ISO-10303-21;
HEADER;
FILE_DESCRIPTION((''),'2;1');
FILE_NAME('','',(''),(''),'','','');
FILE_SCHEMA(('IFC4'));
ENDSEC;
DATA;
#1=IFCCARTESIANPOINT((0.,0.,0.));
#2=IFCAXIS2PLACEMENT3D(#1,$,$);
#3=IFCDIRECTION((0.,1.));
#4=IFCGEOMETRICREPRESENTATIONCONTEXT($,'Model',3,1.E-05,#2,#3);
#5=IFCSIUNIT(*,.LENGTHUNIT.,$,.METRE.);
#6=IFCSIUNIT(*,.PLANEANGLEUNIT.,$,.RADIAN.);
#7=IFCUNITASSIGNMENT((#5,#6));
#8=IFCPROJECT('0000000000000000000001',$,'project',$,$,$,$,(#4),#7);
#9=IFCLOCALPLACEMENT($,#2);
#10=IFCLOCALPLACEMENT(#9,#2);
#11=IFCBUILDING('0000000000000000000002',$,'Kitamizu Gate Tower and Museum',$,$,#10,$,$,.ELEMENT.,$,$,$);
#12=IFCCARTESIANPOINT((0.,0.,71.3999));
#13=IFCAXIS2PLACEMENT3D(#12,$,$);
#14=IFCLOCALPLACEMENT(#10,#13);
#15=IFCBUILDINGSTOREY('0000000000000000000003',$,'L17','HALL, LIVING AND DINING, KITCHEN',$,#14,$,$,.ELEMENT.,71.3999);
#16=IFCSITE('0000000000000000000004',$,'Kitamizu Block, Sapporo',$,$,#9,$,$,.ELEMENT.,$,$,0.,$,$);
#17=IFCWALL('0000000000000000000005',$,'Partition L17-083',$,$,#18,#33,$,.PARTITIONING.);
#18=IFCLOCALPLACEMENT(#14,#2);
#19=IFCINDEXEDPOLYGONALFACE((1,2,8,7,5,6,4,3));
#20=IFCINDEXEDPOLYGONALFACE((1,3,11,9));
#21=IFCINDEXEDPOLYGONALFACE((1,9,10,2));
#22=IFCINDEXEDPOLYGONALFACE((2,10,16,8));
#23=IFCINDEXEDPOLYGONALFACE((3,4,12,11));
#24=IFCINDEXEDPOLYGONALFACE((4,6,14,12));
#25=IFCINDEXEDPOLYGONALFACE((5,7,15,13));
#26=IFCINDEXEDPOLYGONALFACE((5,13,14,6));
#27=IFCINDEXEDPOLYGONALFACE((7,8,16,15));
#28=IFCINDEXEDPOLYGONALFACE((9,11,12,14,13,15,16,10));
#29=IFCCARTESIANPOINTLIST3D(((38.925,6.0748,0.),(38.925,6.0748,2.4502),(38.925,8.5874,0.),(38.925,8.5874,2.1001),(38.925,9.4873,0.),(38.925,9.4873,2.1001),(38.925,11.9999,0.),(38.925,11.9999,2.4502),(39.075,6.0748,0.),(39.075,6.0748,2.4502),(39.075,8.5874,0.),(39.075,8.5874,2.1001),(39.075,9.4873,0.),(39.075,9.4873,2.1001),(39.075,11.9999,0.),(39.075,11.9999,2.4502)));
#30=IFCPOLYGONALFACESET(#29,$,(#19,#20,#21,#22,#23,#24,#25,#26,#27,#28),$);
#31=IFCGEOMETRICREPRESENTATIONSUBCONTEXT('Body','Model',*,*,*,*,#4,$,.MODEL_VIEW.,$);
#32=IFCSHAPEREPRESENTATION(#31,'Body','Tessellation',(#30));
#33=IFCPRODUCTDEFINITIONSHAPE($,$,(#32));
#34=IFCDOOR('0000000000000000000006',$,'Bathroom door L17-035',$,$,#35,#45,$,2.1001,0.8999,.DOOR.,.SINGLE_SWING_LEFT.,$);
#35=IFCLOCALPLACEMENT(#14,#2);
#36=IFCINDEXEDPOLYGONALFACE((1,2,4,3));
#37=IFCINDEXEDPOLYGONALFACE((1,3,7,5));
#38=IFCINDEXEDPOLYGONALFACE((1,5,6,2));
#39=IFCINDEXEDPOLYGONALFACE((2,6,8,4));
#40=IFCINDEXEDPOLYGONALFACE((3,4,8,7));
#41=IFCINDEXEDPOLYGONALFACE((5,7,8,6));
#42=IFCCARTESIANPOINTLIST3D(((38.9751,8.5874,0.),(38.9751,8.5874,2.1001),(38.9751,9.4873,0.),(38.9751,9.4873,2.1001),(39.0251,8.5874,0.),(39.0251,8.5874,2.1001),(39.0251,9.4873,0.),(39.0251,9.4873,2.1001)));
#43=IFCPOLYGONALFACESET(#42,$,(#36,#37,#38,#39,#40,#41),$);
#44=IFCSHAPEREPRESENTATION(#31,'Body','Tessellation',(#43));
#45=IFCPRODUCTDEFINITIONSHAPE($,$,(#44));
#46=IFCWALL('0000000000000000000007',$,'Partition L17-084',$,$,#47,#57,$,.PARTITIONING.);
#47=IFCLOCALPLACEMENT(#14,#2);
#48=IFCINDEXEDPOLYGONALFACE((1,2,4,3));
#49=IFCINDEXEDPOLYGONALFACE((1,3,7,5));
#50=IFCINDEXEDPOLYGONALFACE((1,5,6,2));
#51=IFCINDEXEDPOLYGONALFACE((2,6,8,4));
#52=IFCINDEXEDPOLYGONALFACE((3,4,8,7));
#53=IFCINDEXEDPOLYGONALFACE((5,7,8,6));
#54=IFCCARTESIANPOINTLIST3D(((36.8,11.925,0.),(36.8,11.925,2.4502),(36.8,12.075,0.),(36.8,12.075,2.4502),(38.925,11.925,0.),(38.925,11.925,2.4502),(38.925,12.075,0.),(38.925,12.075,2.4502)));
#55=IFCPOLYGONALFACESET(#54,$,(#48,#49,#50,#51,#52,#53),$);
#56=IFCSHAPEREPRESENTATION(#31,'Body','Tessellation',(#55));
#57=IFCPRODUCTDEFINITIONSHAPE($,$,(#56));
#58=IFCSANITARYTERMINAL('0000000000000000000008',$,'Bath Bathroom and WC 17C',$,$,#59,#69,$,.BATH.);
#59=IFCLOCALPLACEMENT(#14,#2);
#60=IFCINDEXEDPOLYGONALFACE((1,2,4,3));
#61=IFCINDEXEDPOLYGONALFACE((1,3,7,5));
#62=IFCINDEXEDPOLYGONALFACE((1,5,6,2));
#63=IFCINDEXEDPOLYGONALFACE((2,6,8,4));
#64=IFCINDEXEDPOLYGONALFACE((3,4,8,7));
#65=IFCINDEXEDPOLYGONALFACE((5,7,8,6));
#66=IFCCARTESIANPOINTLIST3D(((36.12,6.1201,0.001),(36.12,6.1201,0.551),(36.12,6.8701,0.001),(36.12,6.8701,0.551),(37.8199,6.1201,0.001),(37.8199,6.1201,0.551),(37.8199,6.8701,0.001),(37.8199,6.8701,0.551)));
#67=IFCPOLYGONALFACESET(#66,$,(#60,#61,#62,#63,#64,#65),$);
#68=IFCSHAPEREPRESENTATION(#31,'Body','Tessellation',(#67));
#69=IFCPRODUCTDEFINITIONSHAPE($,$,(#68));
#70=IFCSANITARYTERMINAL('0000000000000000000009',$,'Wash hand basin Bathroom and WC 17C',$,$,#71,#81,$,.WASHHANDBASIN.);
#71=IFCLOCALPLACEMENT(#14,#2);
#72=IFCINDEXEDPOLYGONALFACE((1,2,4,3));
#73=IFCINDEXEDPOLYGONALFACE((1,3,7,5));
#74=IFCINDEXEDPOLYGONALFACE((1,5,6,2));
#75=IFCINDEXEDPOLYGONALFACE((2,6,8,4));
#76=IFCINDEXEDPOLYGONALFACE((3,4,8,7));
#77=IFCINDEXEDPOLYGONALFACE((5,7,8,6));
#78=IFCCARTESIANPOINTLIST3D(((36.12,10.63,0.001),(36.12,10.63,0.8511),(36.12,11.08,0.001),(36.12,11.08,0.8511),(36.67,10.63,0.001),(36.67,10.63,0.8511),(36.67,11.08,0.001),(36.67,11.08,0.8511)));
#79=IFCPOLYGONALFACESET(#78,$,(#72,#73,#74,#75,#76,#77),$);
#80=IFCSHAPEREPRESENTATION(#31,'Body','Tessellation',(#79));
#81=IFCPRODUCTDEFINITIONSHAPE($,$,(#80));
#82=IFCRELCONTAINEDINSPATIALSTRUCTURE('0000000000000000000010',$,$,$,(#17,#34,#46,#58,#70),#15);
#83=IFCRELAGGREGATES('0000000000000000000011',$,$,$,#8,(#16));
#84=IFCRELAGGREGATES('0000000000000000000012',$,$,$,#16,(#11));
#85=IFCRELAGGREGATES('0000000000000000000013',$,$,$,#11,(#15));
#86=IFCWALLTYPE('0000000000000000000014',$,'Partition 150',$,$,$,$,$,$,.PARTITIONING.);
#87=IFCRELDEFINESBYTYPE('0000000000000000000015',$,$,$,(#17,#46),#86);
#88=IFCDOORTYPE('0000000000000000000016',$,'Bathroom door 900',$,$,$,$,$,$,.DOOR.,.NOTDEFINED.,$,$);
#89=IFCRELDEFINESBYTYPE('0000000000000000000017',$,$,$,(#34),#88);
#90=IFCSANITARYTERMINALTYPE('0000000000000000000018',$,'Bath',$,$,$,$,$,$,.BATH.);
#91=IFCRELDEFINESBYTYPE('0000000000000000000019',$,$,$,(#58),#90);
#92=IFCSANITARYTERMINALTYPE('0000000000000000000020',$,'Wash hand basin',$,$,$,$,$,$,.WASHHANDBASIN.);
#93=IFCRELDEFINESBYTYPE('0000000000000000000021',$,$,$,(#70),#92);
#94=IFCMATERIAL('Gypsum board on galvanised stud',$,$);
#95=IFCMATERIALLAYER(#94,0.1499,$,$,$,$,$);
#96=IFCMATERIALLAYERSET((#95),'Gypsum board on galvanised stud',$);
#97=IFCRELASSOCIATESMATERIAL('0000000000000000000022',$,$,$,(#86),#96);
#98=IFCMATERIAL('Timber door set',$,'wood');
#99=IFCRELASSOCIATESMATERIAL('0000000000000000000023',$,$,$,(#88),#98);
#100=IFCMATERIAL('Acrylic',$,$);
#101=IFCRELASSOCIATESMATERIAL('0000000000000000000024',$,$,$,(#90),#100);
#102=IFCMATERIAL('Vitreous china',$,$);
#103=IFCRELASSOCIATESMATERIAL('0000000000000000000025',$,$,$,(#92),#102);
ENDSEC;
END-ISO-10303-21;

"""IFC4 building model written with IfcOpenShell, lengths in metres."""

from ifc_helpers import new_model, si_unit, direction, frame, frame_2d, origin, origin_2d, place, context, subcontext, project, spatial, rectangle, extrude, material, layer, layer_set, type_object, element, fill, save


model = new_model("IFC4")

# Units and contexts
model_context = context("Model", 3, precision=1e-05, world=origin(), true_north=direction((0.0, 1.0)))
body_context = subcontext(model_context, "Body", "Model", "MODEL_VIEW")
ifc_project = project(units=[si_unit("LENGTHUNIT", "METRE"), si_unit("PLANEANGLEUNIT", "RADIAN")], contexts=[model_context])

# Site, building, storey
site_placement = place(None, origin())
site = spatial("IfcSite", under=ifc_project, at=site_placement, Name="Kitamizu Block, Sapporo", CompositionType="ELEMENT", RefElevation=0.0)
building_placement = place(site_placement, origin())
building = spatial("IfcBuilding", under=site, at=building_placement, Name="Kitamizu Gate Tower and Museum", CompositionType="ELEMENT")
storey_placement = place(building_placement, frame((0.0, 0.0, 71.3999)))
storey = spatial("IfcBuildingStorey", under=building, at=storey_placement, Name="L17", Description="HALL, LIVING AND DINING, KITCHEN", CompositionType="ELEMENT", Elevation=71.3999)

# Shared definitions
ifc_material_1 = material(Name="Gypsum board on galvanised stud")
ifc_layer_1 = layer(ifc_material_1, 0.1499)
ifc_layer_set_1 = layer_set([ifc_layer_1], Name="Gypsum board on galvanised stud")
wall_type_1 = type_object("IfcWallType", Name="Partition 150", PredefinedType="PARTITIONING", material=ifc_layer_set_1)

# Wall, opening, door
wall_1_placement = place(storey_placement, frame((39.0, 6.075, 0.0), z_axis=(0.0, 0.0, 1.0), x_axis=(0.0, 1.0, 0.0)))
wall_1 = element("IfcWall", 1, at=wall_1_placement, inside=storey, type_object=wall_type_1, Name="Partition L17-083", PredefinedType="PARTITIONING", context=body_context, shape_type="SweptSolid", body=[
    extrude(rectangle(XDim=5.925, YDim=0.1499, at=frame_2d((2.9624, 0.0))), origin(), (0.0, 0.0, 1.0), 2.4502),
])
opening_1_placement = place(wall_1_placement, frame((2.5125, 0.0, 0.0)))
opening_1 = element("IfcOpeningElement", 2, at=opening_1_placement, cuts=wall_1, PredefinedType="OPENING", context=body_context, shape_type="SweptSolid", body=[
    extrude(rectangle(XDim=0.8999, YDim=2.1001, at=frame_2d((0.45, 1.05))), frame((0.0, 0.085, 0.0), z_axis=(0.0, -1.0, 0.0), x_axis=(1.0, 0.0, 0.0)), (0.0, 0.0, 1.0), 0.1699),
])
ifc_material_2 = material(Name="Timber door set", Category="wood")
door_type_1 = type_object("IfcDoorType", Name="Bathroom door 900", OperationType="NOTDEFINED", PredefinedType="DOOR", material=ifc_material_2)
door_1_placement = place(opening_1_placement, origin())
door_1 = element("IfcDoor", 3, at=door_1_placement, inside=storey, type_object=door_type_1, Name="Bathroom door L17-035", OperationType="SINGLE_SWING_LEFT", OverallHeight=2.1001, OverallWidth=0.8999, PredefinedType="DOOR", context=body_context, shape_type="SweptSolid", body=[
    extrude(rectangle(XDim=0.8999, YDim=2.1001, at=frame_2d((0.45, 1.05))), frame((0.0, 0.0249, 0.0), z_axis=(0.0, -1.0, 0.0), x_axis=(1.0, 0.0, 0.0)), (0.0, 0.0, 1.0), 0.05),
])
fill(opening_1, door_1)

# Wall
wall_2_placement = place(storey_placement, frame((38.925, 12.0, 0.0), z_axis=(0.0, 0.0, 1.0), x_axis=(-1.0, 0.0, 0.0)))
element("IfcWall", 4, at=wall_2_placement, inside=storey, type_object=wall_type_1, Name="Partition L17-084", PredefinedType="PARTITIONING", context=body_context, shape_type="SweptSolid", body=[
    extrude(rectangle(XDim=2.125, YDim=0.1499, at=frame_2d((1.0625, 0.0))), origin(), (0.0, 0.0, 1.0), 2.4502),
])

# Sanitary terminals
ifc_material_3 = material(Name="Acrylic")
sanitary_terminal_type_1 = type_object("IfcSanitaryTerminalType", Name="Bath", PredefinedType="BATH", material=ifc_material_3)
sanitary_terminal_1_placement = place(storey_placement, frame((36.97, 6.4951, 0.001), z_axis=(0.0, 0.0, 1.0), x_axis=(1.0, 0.0, 0.0)))
element("IfcSanitaryTerminal", 5, at=sanitary_terminal_1_placement, inside=storey, type_object=sanitary_terminal_type_1, Name="Bath Bathroom and WC 17C", PredefinedType="BATH", context=body_context, shape_type="SweptSolid", body=[
    extrude(rectangle(XDim=1.7, YDim=0.75, at=origin_2d()), origin(), (0.0, 0.0, 1.0), 0.55),
])
ifc_material_4 = material(Name="Vitreous china")
sanitary_terminal_type_2 = type_object("IfcSanitaryTerminalType", Name="Wash hand basin", PredefinedType="WASHHANDBASIN", material=ifc_material_4)
sanitary_terminal_2_placement = place(storey_placement, frame((36.395, 10.855, 0.001), z_axis=(0.0, 0.0, 1.0), x_axis=(1.0, 0.0, 0.0)))
element("IfcSanitaryTerminal", 6, at=sanitary_terminal_2_placement, inside=storey, type_object=sanitary_terminal_type_2, Name="Wash hand basin Bathroom and WC 17C", PredefinedType="WASHHANDBASIN", context=body_context, shape_type="SweptSolid", body=[
    extrude(rectangle(XDim=0.55, YDim=0.45, at=origin_2d()), origin(), (0.0, 0.0, 1.0), 0.8501),
])

save(model, "model.ifc")
